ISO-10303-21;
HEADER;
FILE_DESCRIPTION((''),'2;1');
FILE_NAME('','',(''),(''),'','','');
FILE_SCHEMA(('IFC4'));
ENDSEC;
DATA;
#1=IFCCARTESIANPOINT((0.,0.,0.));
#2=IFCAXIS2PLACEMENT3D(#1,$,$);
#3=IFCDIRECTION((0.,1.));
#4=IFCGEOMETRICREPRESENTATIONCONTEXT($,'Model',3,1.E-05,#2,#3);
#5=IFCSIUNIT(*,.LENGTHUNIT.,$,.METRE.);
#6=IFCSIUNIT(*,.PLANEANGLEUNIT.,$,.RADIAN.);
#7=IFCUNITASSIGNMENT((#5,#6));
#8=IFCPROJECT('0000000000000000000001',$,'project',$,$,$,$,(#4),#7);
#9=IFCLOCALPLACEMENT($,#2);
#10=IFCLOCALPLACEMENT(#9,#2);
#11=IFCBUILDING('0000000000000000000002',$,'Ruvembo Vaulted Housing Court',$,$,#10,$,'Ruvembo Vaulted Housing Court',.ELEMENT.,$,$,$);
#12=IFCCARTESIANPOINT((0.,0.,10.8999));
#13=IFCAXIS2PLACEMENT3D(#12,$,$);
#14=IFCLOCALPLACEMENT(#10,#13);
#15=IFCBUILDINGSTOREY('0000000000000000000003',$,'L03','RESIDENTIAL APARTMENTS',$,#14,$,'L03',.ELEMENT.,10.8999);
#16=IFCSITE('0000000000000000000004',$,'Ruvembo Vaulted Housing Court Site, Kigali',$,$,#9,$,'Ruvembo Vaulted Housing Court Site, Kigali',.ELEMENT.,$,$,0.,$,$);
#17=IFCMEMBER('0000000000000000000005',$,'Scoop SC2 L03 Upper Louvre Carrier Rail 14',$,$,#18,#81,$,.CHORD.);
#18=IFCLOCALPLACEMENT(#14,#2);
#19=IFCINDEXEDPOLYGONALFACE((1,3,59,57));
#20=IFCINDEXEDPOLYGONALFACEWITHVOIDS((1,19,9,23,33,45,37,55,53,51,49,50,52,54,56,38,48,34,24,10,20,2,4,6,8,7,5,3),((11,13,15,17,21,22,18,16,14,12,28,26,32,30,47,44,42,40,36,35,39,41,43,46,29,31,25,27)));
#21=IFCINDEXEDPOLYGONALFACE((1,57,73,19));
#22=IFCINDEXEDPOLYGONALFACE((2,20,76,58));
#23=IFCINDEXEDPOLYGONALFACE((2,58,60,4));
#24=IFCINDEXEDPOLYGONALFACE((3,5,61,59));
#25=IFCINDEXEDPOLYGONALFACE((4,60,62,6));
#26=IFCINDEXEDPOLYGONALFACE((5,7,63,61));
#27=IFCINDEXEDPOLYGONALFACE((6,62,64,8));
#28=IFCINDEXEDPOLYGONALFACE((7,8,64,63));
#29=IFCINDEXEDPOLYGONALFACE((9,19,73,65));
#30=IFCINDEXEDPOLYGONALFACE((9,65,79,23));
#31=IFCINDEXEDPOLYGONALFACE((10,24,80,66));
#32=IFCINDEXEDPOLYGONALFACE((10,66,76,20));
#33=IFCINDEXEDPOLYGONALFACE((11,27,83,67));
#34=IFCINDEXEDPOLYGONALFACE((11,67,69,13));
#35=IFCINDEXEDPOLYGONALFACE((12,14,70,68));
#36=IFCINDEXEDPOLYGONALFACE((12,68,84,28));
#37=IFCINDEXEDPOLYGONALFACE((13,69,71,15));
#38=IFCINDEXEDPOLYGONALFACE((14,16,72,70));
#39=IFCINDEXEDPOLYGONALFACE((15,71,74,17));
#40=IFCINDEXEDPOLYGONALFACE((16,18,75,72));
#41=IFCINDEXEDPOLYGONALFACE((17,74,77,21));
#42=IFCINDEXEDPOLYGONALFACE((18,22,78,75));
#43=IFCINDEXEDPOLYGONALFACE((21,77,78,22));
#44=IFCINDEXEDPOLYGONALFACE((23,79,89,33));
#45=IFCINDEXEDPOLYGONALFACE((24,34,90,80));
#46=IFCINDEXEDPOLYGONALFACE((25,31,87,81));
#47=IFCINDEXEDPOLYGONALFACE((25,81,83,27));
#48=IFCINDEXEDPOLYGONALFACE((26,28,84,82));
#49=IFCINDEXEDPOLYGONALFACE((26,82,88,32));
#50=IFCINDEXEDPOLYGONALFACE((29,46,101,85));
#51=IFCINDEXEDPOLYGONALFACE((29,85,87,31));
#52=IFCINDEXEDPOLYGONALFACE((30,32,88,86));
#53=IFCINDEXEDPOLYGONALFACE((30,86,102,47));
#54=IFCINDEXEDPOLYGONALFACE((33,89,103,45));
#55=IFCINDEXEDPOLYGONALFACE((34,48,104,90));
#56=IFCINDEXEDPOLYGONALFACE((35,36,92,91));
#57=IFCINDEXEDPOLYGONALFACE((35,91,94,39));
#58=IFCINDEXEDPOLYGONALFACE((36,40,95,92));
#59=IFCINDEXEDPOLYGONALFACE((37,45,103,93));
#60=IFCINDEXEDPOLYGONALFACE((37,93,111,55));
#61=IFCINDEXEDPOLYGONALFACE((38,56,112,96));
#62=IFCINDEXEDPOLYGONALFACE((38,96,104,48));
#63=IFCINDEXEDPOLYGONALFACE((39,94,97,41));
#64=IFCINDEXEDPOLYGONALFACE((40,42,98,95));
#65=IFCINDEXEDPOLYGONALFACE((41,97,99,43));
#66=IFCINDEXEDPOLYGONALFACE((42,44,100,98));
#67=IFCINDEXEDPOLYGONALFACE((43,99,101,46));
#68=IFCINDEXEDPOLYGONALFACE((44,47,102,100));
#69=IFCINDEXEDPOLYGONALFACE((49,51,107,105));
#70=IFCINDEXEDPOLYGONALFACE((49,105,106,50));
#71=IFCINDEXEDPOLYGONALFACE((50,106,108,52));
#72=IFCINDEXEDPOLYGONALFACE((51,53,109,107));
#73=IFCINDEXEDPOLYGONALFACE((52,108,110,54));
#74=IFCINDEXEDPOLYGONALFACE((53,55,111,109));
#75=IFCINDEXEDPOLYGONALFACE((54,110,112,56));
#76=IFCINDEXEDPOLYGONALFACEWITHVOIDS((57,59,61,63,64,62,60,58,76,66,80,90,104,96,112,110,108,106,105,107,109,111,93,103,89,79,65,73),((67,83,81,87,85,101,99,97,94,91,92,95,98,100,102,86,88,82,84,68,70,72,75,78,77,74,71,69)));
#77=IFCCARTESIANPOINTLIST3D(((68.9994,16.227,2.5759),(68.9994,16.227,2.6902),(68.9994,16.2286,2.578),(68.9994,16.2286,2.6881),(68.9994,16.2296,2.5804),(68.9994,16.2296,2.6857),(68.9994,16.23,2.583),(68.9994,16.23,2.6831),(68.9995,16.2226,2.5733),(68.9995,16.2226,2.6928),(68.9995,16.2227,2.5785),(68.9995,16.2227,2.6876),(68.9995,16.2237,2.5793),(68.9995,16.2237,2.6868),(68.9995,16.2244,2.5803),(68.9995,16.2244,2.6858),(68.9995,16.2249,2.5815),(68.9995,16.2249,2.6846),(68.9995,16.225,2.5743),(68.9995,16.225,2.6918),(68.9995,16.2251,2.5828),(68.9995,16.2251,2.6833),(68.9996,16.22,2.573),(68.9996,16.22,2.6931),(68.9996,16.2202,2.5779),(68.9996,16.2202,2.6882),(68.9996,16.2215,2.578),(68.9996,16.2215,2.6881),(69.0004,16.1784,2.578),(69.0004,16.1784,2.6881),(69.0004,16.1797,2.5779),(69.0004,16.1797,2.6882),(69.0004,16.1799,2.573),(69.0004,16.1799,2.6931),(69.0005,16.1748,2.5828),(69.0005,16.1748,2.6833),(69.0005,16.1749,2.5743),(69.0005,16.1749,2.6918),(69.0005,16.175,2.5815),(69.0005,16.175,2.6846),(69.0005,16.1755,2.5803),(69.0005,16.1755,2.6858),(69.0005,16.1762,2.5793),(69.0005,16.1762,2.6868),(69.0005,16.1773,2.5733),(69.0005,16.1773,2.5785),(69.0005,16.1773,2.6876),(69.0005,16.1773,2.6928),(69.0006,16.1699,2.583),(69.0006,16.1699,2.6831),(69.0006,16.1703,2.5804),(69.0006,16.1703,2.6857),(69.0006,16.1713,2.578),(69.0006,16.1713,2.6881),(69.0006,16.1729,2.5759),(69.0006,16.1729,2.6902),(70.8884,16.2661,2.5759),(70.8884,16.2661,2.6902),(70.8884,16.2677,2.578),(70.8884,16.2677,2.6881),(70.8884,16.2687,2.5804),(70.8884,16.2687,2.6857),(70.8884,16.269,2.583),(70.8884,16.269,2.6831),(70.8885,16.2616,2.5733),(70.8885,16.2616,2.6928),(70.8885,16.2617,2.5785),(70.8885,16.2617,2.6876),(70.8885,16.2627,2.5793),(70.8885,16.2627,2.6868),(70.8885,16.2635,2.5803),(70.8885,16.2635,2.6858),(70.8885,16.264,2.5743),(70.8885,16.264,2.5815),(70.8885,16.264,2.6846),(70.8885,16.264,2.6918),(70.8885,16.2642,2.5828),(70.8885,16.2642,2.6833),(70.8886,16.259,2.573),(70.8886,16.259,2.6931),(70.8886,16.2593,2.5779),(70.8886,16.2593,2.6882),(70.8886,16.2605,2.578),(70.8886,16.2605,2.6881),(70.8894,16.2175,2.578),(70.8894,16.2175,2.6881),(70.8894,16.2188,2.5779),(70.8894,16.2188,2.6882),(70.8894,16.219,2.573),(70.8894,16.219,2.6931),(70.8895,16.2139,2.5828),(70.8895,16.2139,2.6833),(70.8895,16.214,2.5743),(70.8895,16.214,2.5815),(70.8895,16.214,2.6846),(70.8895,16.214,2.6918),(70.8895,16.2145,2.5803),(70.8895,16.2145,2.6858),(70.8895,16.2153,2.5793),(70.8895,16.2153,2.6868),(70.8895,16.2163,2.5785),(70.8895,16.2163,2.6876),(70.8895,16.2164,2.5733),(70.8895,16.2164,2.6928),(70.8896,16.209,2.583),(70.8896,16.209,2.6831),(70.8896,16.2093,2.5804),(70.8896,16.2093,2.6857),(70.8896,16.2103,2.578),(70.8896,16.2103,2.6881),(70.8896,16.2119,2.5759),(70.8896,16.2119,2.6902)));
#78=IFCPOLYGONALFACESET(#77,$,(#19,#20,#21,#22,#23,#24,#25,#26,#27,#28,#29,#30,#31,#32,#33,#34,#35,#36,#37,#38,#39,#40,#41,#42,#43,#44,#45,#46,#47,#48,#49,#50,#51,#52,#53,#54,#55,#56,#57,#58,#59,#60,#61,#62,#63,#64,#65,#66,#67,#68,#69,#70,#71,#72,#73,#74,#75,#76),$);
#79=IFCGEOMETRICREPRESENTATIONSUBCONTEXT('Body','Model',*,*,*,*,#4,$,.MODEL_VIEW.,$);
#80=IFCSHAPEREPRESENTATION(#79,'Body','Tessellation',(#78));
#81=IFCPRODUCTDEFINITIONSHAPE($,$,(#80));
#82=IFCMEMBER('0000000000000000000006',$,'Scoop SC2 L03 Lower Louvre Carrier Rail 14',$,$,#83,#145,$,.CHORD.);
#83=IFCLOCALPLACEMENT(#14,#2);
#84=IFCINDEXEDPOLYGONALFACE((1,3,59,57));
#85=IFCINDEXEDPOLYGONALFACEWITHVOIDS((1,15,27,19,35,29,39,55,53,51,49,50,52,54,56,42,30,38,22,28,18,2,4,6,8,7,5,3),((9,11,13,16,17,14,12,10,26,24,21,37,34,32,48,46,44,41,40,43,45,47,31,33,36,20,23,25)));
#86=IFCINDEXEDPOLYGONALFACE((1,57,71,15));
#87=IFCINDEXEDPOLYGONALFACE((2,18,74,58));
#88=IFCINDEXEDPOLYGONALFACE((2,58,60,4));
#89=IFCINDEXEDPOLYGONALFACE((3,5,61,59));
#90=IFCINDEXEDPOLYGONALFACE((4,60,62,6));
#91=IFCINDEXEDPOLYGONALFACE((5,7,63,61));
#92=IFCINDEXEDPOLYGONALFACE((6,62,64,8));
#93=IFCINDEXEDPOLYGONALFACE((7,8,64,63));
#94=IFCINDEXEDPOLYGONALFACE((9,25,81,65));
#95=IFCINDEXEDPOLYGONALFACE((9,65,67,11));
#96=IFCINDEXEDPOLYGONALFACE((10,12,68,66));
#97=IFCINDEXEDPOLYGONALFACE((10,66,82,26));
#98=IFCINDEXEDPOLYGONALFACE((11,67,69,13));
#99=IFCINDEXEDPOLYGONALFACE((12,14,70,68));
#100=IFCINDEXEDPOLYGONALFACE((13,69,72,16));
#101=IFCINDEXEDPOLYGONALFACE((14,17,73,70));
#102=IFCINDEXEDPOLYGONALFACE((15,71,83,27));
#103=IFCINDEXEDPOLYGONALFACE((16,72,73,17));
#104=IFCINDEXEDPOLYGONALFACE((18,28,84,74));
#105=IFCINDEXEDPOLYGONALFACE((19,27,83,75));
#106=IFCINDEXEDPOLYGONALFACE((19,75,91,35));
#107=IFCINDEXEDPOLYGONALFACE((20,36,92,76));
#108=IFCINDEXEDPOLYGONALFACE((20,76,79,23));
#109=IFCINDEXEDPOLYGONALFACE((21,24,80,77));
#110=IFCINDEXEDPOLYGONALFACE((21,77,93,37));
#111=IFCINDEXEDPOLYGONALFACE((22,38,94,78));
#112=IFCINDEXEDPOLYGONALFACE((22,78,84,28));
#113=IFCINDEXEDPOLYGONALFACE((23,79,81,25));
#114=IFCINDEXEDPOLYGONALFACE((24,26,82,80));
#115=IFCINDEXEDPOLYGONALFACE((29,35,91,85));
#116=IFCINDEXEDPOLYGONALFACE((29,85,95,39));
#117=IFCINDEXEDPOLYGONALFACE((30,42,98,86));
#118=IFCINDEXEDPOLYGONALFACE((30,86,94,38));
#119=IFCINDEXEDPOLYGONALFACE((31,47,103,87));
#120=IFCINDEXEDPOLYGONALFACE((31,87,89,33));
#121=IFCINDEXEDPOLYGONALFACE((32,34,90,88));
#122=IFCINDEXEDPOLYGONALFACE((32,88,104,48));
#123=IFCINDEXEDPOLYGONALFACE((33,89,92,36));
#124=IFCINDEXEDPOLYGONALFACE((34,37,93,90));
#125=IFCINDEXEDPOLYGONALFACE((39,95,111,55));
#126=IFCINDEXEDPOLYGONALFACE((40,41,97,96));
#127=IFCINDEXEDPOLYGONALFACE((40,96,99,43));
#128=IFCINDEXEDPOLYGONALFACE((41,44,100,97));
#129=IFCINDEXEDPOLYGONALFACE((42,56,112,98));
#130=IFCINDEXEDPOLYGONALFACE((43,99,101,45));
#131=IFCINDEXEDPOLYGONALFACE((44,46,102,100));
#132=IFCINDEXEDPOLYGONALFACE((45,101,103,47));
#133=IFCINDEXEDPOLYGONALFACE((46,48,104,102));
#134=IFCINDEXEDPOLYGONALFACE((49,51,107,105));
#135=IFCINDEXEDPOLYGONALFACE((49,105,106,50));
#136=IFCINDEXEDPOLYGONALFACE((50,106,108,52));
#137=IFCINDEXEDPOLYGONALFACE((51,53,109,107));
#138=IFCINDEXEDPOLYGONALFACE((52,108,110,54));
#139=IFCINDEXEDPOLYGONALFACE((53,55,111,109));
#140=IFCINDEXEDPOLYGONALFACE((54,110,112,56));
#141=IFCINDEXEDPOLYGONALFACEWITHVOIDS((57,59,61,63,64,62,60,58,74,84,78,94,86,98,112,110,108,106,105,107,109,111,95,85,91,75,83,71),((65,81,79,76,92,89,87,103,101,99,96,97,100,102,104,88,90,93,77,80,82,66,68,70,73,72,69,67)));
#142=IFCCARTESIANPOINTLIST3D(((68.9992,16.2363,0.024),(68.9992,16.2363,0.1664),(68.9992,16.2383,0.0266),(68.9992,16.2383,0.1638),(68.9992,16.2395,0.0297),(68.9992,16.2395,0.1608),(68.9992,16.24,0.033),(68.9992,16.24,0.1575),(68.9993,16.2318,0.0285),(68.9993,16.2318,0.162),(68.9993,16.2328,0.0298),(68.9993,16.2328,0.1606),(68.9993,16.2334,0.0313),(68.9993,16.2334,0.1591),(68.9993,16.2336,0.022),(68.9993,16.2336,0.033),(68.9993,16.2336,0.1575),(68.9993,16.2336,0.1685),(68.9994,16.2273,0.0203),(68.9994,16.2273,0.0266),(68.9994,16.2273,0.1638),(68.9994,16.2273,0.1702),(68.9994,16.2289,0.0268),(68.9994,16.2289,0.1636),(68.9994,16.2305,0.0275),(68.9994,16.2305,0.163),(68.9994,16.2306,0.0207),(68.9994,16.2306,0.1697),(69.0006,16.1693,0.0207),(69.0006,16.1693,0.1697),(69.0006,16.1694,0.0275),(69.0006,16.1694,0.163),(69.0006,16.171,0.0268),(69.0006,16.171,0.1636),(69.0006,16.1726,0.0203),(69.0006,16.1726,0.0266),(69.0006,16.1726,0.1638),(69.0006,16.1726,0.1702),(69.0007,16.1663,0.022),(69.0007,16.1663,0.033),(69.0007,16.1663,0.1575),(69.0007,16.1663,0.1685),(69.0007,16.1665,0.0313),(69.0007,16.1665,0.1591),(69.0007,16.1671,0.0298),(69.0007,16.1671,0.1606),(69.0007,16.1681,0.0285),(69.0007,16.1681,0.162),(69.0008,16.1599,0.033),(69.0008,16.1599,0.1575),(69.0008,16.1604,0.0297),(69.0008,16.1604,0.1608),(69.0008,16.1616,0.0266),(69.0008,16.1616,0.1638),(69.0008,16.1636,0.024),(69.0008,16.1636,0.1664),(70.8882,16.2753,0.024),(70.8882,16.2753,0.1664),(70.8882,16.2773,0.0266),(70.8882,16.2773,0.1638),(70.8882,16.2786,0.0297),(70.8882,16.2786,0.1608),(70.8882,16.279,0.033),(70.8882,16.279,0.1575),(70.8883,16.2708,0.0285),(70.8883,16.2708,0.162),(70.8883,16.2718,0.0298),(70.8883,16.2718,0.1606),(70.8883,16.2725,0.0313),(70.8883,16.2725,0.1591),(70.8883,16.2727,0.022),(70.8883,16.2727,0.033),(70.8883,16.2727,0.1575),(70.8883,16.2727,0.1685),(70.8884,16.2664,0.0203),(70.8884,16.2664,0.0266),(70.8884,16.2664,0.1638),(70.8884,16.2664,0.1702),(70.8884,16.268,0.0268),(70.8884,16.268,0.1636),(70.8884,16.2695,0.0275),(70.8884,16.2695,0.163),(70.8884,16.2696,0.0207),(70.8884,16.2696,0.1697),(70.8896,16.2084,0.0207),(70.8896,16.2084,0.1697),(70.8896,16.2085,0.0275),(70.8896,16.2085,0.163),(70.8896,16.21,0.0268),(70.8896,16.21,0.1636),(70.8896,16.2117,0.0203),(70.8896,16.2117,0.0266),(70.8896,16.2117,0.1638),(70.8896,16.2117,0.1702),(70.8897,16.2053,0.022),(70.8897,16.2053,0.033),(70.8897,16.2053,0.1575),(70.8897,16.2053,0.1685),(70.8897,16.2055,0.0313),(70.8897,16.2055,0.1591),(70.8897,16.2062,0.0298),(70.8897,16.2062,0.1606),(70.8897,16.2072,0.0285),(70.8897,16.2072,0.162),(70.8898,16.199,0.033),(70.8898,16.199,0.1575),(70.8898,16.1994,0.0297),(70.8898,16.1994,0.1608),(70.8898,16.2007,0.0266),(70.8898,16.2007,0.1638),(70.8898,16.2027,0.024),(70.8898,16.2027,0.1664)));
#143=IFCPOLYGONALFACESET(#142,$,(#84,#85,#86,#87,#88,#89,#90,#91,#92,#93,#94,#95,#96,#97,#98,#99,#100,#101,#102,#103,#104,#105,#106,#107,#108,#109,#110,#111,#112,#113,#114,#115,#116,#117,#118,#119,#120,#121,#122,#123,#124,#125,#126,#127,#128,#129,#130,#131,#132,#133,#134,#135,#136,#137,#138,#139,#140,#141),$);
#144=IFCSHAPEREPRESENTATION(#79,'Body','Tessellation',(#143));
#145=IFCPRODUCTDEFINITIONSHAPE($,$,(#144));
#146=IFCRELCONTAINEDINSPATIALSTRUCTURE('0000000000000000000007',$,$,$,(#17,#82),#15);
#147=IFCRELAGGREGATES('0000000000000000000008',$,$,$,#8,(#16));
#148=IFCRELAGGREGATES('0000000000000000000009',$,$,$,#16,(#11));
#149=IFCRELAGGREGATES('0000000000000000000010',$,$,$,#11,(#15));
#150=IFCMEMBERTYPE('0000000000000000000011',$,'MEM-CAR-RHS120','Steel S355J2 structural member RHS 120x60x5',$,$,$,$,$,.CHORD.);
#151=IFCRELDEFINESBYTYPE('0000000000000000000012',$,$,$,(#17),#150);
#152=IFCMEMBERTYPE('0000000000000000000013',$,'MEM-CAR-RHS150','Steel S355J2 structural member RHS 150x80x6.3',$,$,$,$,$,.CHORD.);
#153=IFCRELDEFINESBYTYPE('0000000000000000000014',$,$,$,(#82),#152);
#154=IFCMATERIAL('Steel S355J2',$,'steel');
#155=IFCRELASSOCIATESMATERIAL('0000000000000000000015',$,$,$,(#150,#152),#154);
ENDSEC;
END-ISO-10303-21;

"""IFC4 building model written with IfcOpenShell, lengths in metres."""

from ifc_helpers import new_model, si_unit, direction, frame, origin, origin_2d, place, context, subcontext, project, spatial, hollow_rectangle, extrude, material, material_profile, profile_set, type_object, element, save


model = new_model("IFC4")

# Units and contexts
model_context = context("Model", 3, precision=1e-05, world=origin(), true_north=direction((0.0, 1.0)))
body_context = subcontext(model_context, "Body", "Model", "MODEL_VIEW")
ifc_project = project(units=[si_unit("LENGTHUNIT", "METRE"), si_unit("PLANEANGLEUNIT", "RADIAN")], contexts=[model_context])

# Site, building, storey
site_placement = place(None, origin())
site = spatial("IfcSite", under=ifc_project, at=site_placement, Name="Ruvembo Vaulted Housing Court Site, Kigali", LongName="Ruvembo Vaulted Housing Court Site, Kigali", CompositionType="ELEMENT", RefElevation=0.0)
building_placement = place(site_placement, origin())
building = spatial("IfcBuilding", under=site, at=building_placement, Name="Ruvembo Vaulted Housing Court", LongName="Ruvembo Vaulted Housing Court", CompositionType="ELEMENT")
storey_placement = place(building_placement, frame((0.0, 0.0, 10.8999)))
storey = spatial("IfcBuildingStorey", under=building, at=storey_placement, Name="L03", Description="RESIDENTIAL APARTMENTS", LongName="L03", CompositionType="ELEMENT", Elevation=10.8999)

# Shared definitions
ifc_material_1 = material(Name="Steel S355J2", Category="steel")

# Members
ifc_material_profile_1 = material_profile(ifc_material_1, hollow_rectangle(XDim=0.0601, YDim=0.1201, WallThickness=0.0049, InnerFilletRadius=0.0049, OuterFilletRadius=0.01, at=origin_2d()), Name="RHS 120x60x5")
ifc_profile_set_1 = profile_set([ifc_material_profile_1], Name="Steel S355J2")
member_type_1 = type_object("IfcMemberType", Name="MEM-CAR-RHS120", Description="Steel S355J2 structural member RHS 120x60x5", PredefinedType="CHORD", material=ifc_profile_set_1)
member_1_placement = place(storey_placement, frame((69.0, 16.2, 2.6331), z_axis=(0.999786, 0.020675, 0.0), x_axis=(-0.020675, 0.999786, 0.0)))
element("IfcMember", 1, at=member_1_placement, inside=storey, type_object=member_type_1, Name="Scoop SC2 L03 Upper Louvre Carrier Rail 14", PredefinedType="CHORD", context=body_context, shape_type="SweptSolid", body=[
    extrude(hollow_rectangle(XDim=0.0601, YDim=0.1201, WallThickness=0.0049, InnerFilletRadius=0.0049, OuterFilletRadius=0.01, at=origin_2d()), origin(), (0.0, 0.0, 1.0), 1.8894),
])
ifc_material_profile_2 = material_profile(ifc_material_1, hollow_rectangle(XDim=0.0801, YDim=0.1499, WallThickness=0.0063, InnerFilletRadius=0.0063, OuterFilletRadius=0.0127, at=origin_2d()), Name="RHS 150x80x6.3")
ifc_profile_set_2 = profile_set([ifc_material_profile_2], Name="Steel S355J2")
member_type_2 = type_object("IfcMemberType", Name="MEM-CAR-RHS150", Description="Steel S355J2 structural member RHS 150x80x6.3", PredefinedType="CHORD", material=ifc_profile_set_2)
member_2_placement = place(storey_placement, frame((69.0, 16.2, 0.0952), z_axis=(0.999786, 0.020675, 0.0), x_axis=(-0.020675, 0.999786, 0.0)))
element("IfcMember", 2, at=member_2_placement, inside=storey, type_object=member_type_2, Name="Scoop SC2 L03 Lower Louvre Carrier Rail 14", PredefinedType="CHORD", context=body_context, shape_type="SweptSolid", body=[
    extrude(hollow_rectangle(XDim=0.0801, YDim=0.1499, WallThickness=0.0063, InnerFilletRadius=0.0063, OuterFilletRadius=0.0127, at=origin_2d()), origin(), (0.0, 0.0, 1.0), 1.8894),
])

save(model, "model.ifc")
